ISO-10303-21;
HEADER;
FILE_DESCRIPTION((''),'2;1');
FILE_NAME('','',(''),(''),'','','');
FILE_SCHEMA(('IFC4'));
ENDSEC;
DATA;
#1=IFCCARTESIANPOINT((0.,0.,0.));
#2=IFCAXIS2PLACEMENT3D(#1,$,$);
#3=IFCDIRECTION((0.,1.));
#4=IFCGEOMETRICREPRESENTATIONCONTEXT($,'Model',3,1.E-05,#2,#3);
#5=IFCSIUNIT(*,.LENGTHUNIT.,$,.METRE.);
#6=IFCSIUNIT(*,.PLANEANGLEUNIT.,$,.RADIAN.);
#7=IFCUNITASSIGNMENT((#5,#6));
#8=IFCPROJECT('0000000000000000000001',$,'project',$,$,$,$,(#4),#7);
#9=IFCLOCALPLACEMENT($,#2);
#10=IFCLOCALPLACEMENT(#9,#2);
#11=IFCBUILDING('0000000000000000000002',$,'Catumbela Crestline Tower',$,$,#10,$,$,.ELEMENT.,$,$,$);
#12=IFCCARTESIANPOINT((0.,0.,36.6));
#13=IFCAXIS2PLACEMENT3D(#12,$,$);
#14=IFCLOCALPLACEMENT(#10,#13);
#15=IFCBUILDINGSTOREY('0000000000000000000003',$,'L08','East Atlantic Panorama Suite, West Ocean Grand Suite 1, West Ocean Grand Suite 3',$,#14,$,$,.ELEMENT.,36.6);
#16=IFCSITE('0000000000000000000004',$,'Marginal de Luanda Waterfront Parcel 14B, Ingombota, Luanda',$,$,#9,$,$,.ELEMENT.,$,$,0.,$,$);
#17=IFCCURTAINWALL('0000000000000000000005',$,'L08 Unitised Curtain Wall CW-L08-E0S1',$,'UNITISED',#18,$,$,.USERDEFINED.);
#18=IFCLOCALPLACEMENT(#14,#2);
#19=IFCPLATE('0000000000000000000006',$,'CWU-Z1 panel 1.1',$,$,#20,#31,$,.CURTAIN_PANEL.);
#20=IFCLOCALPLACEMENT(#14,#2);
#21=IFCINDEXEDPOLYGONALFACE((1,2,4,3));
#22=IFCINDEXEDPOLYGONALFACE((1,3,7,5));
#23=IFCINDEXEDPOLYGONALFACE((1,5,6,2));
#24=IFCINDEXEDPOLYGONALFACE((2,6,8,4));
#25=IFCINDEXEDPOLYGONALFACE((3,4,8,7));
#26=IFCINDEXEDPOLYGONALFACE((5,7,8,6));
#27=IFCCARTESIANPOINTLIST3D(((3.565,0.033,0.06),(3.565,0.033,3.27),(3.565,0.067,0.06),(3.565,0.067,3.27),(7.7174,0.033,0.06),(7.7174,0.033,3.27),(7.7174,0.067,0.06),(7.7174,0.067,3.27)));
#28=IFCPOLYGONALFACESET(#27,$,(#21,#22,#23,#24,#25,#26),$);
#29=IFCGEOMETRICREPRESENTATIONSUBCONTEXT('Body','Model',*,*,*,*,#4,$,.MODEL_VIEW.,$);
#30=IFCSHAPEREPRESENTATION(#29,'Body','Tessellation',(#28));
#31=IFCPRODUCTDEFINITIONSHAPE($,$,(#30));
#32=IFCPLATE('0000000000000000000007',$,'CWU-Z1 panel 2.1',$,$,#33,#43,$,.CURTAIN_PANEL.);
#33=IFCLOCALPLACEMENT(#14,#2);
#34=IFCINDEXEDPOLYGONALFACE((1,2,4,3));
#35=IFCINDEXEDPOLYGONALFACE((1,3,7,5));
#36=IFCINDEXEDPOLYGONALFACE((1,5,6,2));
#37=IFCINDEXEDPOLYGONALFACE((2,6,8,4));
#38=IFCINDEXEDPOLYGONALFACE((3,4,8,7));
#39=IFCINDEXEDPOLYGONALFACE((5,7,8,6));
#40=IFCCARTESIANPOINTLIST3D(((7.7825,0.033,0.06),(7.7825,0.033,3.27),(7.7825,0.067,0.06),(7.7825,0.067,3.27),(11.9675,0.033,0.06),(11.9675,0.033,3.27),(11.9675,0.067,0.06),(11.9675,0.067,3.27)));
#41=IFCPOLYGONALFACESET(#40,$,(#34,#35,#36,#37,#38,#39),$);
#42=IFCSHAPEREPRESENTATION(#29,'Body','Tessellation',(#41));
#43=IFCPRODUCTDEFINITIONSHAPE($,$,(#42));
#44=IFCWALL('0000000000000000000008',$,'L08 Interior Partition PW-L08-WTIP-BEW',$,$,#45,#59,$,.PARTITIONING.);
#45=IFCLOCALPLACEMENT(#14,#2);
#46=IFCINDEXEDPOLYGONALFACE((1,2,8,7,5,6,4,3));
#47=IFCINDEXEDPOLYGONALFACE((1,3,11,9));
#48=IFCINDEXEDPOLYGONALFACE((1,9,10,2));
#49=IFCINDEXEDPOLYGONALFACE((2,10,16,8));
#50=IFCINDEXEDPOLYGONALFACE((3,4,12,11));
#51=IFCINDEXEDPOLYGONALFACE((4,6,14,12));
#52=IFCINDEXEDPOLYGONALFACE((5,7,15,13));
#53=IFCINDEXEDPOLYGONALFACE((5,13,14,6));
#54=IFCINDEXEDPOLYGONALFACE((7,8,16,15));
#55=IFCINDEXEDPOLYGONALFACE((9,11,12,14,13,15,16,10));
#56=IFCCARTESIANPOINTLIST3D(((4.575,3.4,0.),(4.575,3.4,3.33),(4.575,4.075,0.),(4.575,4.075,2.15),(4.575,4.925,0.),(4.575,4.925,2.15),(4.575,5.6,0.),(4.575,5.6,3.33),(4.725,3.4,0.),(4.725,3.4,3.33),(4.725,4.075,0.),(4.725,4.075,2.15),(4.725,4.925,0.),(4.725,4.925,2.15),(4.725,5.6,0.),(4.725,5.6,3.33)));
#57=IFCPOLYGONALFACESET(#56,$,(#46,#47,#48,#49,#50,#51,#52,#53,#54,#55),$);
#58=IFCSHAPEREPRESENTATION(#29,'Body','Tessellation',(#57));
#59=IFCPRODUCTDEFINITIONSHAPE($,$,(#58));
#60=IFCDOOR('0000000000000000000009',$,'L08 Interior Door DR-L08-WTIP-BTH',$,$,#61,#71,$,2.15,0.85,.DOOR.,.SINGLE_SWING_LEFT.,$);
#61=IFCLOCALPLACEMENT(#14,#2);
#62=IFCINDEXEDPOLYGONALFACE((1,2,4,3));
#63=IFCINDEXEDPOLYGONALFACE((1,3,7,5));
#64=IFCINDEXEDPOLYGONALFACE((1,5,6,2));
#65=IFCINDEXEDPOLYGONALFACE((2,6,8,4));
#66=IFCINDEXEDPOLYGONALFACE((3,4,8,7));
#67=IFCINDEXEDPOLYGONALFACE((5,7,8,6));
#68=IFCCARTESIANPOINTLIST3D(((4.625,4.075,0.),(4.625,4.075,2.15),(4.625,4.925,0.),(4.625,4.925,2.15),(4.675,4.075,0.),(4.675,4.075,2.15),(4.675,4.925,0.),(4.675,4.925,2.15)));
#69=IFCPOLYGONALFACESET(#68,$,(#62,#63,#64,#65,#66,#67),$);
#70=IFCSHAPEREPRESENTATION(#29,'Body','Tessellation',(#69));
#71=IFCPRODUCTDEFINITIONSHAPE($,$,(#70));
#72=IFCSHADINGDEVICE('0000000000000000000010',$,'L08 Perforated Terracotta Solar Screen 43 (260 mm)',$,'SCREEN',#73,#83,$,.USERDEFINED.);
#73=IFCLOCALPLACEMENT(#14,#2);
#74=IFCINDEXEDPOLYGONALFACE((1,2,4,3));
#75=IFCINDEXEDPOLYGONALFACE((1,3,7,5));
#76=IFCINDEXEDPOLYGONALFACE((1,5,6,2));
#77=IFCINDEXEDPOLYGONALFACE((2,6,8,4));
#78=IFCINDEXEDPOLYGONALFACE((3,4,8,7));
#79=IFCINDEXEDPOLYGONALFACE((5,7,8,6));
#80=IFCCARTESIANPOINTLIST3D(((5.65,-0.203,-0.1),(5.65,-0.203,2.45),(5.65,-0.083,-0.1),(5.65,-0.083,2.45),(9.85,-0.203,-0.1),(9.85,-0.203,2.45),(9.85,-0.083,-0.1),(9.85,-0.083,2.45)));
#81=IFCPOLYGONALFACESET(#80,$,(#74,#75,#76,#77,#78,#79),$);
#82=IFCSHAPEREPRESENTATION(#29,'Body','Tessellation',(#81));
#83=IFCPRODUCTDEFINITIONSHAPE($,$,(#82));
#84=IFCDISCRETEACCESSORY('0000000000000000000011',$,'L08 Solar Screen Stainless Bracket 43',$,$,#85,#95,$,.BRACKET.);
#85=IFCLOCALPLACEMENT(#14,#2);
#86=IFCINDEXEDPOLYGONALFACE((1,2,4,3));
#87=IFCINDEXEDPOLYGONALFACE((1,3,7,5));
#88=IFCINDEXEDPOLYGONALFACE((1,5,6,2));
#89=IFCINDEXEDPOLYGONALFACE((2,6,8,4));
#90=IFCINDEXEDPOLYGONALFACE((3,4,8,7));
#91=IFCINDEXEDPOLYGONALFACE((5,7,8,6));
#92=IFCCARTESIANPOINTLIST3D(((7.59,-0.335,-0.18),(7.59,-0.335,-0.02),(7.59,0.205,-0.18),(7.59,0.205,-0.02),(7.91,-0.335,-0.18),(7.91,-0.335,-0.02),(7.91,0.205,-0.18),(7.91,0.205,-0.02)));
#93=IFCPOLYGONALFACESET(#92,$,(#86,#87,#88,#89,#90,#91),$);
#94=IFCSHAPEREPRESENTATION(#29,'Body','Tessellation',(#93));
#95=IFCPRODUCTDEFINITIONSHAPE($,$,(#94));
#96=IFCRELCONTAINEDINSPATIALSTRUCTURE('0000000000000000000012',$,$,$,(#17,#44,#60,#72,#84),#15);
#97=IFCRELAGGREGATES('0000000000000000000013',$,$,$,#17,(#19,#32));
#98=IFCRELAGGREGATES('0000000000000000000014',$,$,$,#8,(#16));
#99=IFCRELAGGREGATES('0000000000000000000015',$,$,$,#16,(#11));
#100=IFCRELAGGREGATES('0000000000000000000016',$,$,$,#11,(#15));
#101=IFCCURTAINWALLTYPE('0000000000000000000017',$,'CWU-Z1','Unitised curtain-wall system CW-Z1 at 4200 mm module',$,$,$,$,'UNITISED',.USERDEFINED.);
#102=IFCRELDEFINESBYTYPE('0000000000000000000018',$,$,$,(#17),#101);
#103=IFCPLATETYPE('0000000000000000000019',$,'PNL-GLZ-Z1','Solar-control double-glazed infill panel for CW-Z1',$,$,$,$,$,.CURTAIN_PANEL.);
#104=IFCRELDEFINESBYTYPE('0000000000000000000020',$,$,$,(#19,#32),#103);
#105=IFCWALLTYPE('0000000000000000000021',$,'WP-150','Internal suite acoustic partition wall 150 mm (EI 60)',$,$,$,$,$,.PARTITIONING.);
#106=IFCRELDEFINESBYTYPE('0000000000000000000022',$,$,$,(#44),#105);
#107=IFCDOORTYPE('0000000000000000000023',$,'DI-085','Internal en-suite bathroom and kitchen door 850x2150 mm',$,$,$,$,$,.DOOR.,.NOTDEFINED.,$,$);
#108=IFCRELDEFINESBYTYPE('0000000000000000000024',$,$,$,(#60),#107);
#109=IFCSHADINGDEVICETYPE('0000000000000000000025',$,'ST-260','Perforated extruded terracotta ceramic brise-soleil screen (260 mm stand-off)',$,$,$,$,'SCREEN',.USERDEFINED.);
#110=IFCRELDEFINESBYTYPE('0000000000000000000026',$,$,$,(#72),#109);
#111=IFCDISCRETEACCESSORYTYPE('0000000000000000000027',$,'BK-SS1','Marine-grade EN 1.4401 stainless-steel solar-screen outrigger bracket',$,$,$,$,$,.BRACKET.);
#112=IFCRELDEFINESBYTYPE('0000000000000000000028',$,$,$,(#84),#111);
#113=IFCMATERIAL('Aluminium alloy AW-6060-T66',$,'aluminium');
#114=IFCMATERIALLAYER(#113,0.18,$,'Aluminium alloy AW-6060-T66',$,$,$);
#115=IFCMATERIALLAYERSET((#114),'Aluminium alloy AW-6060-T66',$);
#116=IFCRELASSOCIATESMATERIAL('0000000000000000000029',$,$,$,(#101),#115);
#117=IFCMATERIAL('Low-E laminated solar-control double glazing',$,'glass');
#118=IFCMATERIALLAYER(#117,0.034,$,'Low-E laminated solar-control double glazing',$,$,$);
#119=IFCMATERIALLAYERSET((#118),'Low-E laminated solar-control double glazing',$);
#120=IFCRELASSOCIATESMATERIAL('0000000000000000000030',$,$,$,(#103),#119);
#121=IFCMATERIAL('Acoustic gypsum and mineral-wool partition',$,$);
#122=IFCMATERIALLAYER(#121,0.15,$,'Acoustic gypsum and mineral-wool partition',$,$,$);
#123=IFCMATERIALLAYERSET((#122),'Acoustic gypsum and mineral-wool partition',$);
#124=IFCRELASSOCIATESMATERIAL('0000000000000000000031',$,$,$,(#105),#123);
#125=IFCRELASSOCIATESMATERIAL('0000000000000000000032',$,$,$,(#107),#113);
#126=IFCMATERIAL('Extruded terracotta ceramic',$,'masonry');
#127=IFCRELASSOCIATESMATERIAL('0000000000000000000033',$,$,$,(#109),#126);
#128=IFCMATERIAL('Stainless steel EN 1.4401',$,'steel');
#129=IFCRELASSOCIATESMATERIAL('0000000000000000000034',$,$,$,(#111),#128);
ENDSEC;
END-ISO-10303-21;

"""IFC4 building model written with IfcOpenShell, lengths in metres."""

from ifc_helpers import new_model, si_unit, direction, frame, frame_2d, origin, origin_2d, place, context, subcontext, project, spatial, rectangle, extrude, material, layer, layer_set, type_object, element, fill, aggregate, save


model = new_model("IFC4")

# Units and contexts
model_context = context("Model", 3, precision=1e-05, world=origin(), true_north=direction((0.0, 1.0)))
body_context = subcontext(model_context, "Body", "Model", "MODEL_VIEW")
ifc_project = project(units=[si_unit("LENGTHUNIT", "METRE"), si_unit("PLANEANGLEUNIT", "RADIAN")], contexts=[model_context])

# Site, building, storey
site_placement = place(None, origin())
site = spatial("IfcSite", under=ifc_project, at=site_placement, Name="Marginal de Luanda Waterfront Parcel 14B, Ingombota, Luanda", CompositionType="ELEMENT", RefElevation=0.0)
building_placement = place(site_placement, origin())
building = spatial("IfcBuilding", under=site, at=building_placement, Name="Catumbela Crestline Tower", CompositionType="ELEMENT")
storey_placement = place(building_placement, frame((0.0, 0.0, 36.6)))
storey = spatial("IfcBuildingStorey", under=building, at=storey_placement, Name="L08", Description="East Atlantic Panorama Suite, West Ocean Grand Suite 1, West Ocean Grand Suite 3", CompositionType="ELEMENT", Elevation=36.6)

# Curtain wall, plates
ifc_material_1 = material(Name="Aluminium alloy AW-6060-T66", Category="aluminium")
ifc_layer_1 = layer(ifc_material_1, 0.18, Name="Aluminium alloy AW-6060-T66")
ifc_layer_set_1 = layer_set([ifc_layer_1], Name="Aluminium alloy AW-6060-T66")
curtain_wall_type = type_object("IfcCurtainWallType", Name="CWU-Z1", Description="Unitised curtain-wall system CW-Z1 at 4200 mm module", ElementType="UNITISED", PredefinedType="USERDEFINED", material=ifc_layer_set_1)
curtain_wall_placement = place(storey_placement, origin())
curtain_wall = element("IfcCurtainWall", 1, at=curtain_wall_placement, inside=storey, type_object=curtain_wall_type, Name="L08 Unitised Curtain Wall CW-L08-E0S1", ObjectType="UNITISED", PredefinedType="USERDEFINED")
ifc_material_2 = material(Name="Low-E laminated solar-control double glazing", Category="glass")
ifc_layer_2 = layer(ifc_material_2, 0.034, Name="Low-E laminated solar-control double glazing")
ifc_layer_set_2 = layer_set([ifc_layer_2], Name="Low-E laminated solar-control double glazing")
plate_type = type_object("IfcPlateType", Name="PNL-GLZ-Z1", Description="Solar-control double-glazed infill panel for CW-Z1", PredefinedType="CURTAIN_PANEL", material=ifc_layer_set_2)
plate_1_placement = place(storey_placement, frame((5.6412, 0.05, 0.06), z_axis=(0.0, 0.0, 1.0), x_axis=(1.0, 0.0, 0.0)))
plate_1 = element("IfcPlate", 2, at=plate_1_placement, type_object=plate_type, Name="CWU-Z1 panel 1.1", PredefinedType="CURTAIN_PANEL", context=body_context, shape_type="SweptSolid", body=[
    extrude(rectangle(XDim=4.1525, YDim=0.034, at=origin_2d()), origin(), (0.0, 0.0, 1.0), 3.21),
])
plate_2_placement = place(storey_placement, frame((9.875, 0.05, 0.06), z_axis=(0.0, 0.0, 1.0), x_axis=(1.0, 0.0, 0.0)))
plate_2 = element("IfcPlate", 3, at=plate_2_placement, type_object=plate_type, Name="CWU-Z1 panel 2.1", PredefinedType="CURTAIN_PANEL", context=body_context, shape_type="SweptSolid", body=[
    extrude(rectangle(XDim=4.185, YDim=0.034, at=origin_2d()), origin(), (0.0, 0.0, 1.0), 3.21),
])
aggregate(curtain_wall, [plate_1, plate_2])

# Wall, opening, door
ifc_material_3 = material(Name="Acoustic gypsum and mineral-wool partition")
ifc_layer_3 = layer(ifc_material_3, 0.15, Name="Acoustic gypsum and mineral-wool partition")
ifc_layer_set_3 = layer_set([ifc_layer_3], Name="Acoustic gypsum and mineral-wool partition")
wall_type = type_object("IfcWallType", Name="WP-150", Description="Internal suite acoustic partition wall 150 mm (EI 60)", PredefinedType="PARTITIONING", material=ifc_layer_set_3)
wall_placement = place(storey_placement, frame((4.65, 3.4, 0.0), z_axis=(0.0, 0.0, 1.0), x_axis=(0.0, 1.0, 0.0)))
wall = element("IfcWall", 4, at=wall_placement, inside=storey, type_object=wall_type, Name="L08 Interior Partition PW-L08-WTIP-BEW", PredefinedType="PARTITIONING", context=body_context, shape_type="SweptSolid", body=[
    extrude(rectangle(XDim=2.2, YDim=0.15, at=frame_2d((1.1, 0.0))), origin(), (0.0, 0.0, 1.0), 3.33),
])
opening_placement = place(wall_placement, frame((0.675, 0.0, 0.0)))
opening = element("IfcOpeningElement", 5, at=opening_placement, cuts=wall, PredefinedType="OPENING", context=body_context, shape_type="SweptSolid", body=[
    extrude(rectangle(XDim=0.85, YDim=2.15, at=frame_2d((0.425, 1.075))), frame((0.0, 0.085, 0.0), z_axis=(0.0, -1.0, 0.0), x_axis=(1.0, 0.0, 0.0)), (0.0, 0.0, 1.0), 0.17),
])
door_type = type_object("IfcDoorType", Name="DI-085", Description="Internal en-suite bathroom and kitchen door 850x2150 mm", OperationType="NOTDEFINED", PredefinedType="DOOR", material=ifc_material_1)
door_placement = place(opening_placement, origin())
door = element("IfcDoor", 6, at=door_placement, inside=storey, type_object=door_type, Name="L08 Interior Door DR-L08-WTIP-BTH", OperationType="SINGLE_SWING_LEFT", OverallHeight=2.15, OverallWidth=0.85, PredefinedType="DOOR", context=body_context, shape_type="SweptSolid", body=[
    extrude(rectangle(XDim=0.85, YDim=2.15, at=frame_2d((0.425, 1.075))), frame((0.0, 0.025, 0.0), z_axis=(0.0, -1.0, 0.0), x_axis=(1.0, 0.0, 0.0)), (0.0, 0.0, 1.0), 0.05),
])
fill(opening, door)

# Shading device
ifc_material_4 = material(Name="Extruded terracotta ceramic", Category="masonry")
shading_device_type = type_object("IfcShadingDeviceType", Name="ST-260", Description="Perforated extruded terracotta ceramic brise-soleil screen (260 mm stand-off)", ElementType="SCREEN", PredefinedType="USERDEFINED", material=ifc_material_4)
shading_device_placement = place(storey_placement, frame((7.75, -0.143, -0.1), z_axis=(0.0, 0.0, 1.0), x_axis=(1.0, 0.0, 0.0)))
element("IfcShadingDevice", 7, at=shading_device_placement, inside=storey, type_object=shading_device_type, Name="L08 Perforated Terracotta Solar Screen 43 (260 mm)", ObjectType="SCREEN", PredefinedType="USERDEFINED", context=body_context, shape_type="SweptSolid", body=[
    extrude(rectangle(XDim=4.2, YDim=0.12, at=origin_2d()), origin(), (0.0, 0.0, 1.0), 2.55),
])

# Discrete accessory
ifc_material_5 = material(Name="Stainless steel EN 1.4401", Category="steel")
discrete_accessory_type = type_object("IfcDiscreteAccessoryType", Name="BK-SS1", Description="Marine-grade EN 1.4401 stainless-steel solar-screen outrigger bracket", PredefinedType="BRACKET", material=ifc_material_5)
discrete_accessory_placement = place(storey_placement, frame((7.75, -0.065, -0.18), z_axis=(0.0, 0.0, 1.0), x_axis=(1.0, 0.0, 0.0)))
element("IfcDiscreteAccessory", 8, at=discrete_accessory_placement, inside=storey, type_object=discrete_accessory_type, Name="L08 Solar Screen Stainless Bracket 43", PredefinedType="BRACKET", context=body_context, shape_type="SweptSolid", body=[
    extrude(rectangle(XDim=0.32, YDim=0.54, at=origin_2d()), origin(), (0.0, 0.0, 1.0), 0.16),
])

save(model, "model.ifc")
